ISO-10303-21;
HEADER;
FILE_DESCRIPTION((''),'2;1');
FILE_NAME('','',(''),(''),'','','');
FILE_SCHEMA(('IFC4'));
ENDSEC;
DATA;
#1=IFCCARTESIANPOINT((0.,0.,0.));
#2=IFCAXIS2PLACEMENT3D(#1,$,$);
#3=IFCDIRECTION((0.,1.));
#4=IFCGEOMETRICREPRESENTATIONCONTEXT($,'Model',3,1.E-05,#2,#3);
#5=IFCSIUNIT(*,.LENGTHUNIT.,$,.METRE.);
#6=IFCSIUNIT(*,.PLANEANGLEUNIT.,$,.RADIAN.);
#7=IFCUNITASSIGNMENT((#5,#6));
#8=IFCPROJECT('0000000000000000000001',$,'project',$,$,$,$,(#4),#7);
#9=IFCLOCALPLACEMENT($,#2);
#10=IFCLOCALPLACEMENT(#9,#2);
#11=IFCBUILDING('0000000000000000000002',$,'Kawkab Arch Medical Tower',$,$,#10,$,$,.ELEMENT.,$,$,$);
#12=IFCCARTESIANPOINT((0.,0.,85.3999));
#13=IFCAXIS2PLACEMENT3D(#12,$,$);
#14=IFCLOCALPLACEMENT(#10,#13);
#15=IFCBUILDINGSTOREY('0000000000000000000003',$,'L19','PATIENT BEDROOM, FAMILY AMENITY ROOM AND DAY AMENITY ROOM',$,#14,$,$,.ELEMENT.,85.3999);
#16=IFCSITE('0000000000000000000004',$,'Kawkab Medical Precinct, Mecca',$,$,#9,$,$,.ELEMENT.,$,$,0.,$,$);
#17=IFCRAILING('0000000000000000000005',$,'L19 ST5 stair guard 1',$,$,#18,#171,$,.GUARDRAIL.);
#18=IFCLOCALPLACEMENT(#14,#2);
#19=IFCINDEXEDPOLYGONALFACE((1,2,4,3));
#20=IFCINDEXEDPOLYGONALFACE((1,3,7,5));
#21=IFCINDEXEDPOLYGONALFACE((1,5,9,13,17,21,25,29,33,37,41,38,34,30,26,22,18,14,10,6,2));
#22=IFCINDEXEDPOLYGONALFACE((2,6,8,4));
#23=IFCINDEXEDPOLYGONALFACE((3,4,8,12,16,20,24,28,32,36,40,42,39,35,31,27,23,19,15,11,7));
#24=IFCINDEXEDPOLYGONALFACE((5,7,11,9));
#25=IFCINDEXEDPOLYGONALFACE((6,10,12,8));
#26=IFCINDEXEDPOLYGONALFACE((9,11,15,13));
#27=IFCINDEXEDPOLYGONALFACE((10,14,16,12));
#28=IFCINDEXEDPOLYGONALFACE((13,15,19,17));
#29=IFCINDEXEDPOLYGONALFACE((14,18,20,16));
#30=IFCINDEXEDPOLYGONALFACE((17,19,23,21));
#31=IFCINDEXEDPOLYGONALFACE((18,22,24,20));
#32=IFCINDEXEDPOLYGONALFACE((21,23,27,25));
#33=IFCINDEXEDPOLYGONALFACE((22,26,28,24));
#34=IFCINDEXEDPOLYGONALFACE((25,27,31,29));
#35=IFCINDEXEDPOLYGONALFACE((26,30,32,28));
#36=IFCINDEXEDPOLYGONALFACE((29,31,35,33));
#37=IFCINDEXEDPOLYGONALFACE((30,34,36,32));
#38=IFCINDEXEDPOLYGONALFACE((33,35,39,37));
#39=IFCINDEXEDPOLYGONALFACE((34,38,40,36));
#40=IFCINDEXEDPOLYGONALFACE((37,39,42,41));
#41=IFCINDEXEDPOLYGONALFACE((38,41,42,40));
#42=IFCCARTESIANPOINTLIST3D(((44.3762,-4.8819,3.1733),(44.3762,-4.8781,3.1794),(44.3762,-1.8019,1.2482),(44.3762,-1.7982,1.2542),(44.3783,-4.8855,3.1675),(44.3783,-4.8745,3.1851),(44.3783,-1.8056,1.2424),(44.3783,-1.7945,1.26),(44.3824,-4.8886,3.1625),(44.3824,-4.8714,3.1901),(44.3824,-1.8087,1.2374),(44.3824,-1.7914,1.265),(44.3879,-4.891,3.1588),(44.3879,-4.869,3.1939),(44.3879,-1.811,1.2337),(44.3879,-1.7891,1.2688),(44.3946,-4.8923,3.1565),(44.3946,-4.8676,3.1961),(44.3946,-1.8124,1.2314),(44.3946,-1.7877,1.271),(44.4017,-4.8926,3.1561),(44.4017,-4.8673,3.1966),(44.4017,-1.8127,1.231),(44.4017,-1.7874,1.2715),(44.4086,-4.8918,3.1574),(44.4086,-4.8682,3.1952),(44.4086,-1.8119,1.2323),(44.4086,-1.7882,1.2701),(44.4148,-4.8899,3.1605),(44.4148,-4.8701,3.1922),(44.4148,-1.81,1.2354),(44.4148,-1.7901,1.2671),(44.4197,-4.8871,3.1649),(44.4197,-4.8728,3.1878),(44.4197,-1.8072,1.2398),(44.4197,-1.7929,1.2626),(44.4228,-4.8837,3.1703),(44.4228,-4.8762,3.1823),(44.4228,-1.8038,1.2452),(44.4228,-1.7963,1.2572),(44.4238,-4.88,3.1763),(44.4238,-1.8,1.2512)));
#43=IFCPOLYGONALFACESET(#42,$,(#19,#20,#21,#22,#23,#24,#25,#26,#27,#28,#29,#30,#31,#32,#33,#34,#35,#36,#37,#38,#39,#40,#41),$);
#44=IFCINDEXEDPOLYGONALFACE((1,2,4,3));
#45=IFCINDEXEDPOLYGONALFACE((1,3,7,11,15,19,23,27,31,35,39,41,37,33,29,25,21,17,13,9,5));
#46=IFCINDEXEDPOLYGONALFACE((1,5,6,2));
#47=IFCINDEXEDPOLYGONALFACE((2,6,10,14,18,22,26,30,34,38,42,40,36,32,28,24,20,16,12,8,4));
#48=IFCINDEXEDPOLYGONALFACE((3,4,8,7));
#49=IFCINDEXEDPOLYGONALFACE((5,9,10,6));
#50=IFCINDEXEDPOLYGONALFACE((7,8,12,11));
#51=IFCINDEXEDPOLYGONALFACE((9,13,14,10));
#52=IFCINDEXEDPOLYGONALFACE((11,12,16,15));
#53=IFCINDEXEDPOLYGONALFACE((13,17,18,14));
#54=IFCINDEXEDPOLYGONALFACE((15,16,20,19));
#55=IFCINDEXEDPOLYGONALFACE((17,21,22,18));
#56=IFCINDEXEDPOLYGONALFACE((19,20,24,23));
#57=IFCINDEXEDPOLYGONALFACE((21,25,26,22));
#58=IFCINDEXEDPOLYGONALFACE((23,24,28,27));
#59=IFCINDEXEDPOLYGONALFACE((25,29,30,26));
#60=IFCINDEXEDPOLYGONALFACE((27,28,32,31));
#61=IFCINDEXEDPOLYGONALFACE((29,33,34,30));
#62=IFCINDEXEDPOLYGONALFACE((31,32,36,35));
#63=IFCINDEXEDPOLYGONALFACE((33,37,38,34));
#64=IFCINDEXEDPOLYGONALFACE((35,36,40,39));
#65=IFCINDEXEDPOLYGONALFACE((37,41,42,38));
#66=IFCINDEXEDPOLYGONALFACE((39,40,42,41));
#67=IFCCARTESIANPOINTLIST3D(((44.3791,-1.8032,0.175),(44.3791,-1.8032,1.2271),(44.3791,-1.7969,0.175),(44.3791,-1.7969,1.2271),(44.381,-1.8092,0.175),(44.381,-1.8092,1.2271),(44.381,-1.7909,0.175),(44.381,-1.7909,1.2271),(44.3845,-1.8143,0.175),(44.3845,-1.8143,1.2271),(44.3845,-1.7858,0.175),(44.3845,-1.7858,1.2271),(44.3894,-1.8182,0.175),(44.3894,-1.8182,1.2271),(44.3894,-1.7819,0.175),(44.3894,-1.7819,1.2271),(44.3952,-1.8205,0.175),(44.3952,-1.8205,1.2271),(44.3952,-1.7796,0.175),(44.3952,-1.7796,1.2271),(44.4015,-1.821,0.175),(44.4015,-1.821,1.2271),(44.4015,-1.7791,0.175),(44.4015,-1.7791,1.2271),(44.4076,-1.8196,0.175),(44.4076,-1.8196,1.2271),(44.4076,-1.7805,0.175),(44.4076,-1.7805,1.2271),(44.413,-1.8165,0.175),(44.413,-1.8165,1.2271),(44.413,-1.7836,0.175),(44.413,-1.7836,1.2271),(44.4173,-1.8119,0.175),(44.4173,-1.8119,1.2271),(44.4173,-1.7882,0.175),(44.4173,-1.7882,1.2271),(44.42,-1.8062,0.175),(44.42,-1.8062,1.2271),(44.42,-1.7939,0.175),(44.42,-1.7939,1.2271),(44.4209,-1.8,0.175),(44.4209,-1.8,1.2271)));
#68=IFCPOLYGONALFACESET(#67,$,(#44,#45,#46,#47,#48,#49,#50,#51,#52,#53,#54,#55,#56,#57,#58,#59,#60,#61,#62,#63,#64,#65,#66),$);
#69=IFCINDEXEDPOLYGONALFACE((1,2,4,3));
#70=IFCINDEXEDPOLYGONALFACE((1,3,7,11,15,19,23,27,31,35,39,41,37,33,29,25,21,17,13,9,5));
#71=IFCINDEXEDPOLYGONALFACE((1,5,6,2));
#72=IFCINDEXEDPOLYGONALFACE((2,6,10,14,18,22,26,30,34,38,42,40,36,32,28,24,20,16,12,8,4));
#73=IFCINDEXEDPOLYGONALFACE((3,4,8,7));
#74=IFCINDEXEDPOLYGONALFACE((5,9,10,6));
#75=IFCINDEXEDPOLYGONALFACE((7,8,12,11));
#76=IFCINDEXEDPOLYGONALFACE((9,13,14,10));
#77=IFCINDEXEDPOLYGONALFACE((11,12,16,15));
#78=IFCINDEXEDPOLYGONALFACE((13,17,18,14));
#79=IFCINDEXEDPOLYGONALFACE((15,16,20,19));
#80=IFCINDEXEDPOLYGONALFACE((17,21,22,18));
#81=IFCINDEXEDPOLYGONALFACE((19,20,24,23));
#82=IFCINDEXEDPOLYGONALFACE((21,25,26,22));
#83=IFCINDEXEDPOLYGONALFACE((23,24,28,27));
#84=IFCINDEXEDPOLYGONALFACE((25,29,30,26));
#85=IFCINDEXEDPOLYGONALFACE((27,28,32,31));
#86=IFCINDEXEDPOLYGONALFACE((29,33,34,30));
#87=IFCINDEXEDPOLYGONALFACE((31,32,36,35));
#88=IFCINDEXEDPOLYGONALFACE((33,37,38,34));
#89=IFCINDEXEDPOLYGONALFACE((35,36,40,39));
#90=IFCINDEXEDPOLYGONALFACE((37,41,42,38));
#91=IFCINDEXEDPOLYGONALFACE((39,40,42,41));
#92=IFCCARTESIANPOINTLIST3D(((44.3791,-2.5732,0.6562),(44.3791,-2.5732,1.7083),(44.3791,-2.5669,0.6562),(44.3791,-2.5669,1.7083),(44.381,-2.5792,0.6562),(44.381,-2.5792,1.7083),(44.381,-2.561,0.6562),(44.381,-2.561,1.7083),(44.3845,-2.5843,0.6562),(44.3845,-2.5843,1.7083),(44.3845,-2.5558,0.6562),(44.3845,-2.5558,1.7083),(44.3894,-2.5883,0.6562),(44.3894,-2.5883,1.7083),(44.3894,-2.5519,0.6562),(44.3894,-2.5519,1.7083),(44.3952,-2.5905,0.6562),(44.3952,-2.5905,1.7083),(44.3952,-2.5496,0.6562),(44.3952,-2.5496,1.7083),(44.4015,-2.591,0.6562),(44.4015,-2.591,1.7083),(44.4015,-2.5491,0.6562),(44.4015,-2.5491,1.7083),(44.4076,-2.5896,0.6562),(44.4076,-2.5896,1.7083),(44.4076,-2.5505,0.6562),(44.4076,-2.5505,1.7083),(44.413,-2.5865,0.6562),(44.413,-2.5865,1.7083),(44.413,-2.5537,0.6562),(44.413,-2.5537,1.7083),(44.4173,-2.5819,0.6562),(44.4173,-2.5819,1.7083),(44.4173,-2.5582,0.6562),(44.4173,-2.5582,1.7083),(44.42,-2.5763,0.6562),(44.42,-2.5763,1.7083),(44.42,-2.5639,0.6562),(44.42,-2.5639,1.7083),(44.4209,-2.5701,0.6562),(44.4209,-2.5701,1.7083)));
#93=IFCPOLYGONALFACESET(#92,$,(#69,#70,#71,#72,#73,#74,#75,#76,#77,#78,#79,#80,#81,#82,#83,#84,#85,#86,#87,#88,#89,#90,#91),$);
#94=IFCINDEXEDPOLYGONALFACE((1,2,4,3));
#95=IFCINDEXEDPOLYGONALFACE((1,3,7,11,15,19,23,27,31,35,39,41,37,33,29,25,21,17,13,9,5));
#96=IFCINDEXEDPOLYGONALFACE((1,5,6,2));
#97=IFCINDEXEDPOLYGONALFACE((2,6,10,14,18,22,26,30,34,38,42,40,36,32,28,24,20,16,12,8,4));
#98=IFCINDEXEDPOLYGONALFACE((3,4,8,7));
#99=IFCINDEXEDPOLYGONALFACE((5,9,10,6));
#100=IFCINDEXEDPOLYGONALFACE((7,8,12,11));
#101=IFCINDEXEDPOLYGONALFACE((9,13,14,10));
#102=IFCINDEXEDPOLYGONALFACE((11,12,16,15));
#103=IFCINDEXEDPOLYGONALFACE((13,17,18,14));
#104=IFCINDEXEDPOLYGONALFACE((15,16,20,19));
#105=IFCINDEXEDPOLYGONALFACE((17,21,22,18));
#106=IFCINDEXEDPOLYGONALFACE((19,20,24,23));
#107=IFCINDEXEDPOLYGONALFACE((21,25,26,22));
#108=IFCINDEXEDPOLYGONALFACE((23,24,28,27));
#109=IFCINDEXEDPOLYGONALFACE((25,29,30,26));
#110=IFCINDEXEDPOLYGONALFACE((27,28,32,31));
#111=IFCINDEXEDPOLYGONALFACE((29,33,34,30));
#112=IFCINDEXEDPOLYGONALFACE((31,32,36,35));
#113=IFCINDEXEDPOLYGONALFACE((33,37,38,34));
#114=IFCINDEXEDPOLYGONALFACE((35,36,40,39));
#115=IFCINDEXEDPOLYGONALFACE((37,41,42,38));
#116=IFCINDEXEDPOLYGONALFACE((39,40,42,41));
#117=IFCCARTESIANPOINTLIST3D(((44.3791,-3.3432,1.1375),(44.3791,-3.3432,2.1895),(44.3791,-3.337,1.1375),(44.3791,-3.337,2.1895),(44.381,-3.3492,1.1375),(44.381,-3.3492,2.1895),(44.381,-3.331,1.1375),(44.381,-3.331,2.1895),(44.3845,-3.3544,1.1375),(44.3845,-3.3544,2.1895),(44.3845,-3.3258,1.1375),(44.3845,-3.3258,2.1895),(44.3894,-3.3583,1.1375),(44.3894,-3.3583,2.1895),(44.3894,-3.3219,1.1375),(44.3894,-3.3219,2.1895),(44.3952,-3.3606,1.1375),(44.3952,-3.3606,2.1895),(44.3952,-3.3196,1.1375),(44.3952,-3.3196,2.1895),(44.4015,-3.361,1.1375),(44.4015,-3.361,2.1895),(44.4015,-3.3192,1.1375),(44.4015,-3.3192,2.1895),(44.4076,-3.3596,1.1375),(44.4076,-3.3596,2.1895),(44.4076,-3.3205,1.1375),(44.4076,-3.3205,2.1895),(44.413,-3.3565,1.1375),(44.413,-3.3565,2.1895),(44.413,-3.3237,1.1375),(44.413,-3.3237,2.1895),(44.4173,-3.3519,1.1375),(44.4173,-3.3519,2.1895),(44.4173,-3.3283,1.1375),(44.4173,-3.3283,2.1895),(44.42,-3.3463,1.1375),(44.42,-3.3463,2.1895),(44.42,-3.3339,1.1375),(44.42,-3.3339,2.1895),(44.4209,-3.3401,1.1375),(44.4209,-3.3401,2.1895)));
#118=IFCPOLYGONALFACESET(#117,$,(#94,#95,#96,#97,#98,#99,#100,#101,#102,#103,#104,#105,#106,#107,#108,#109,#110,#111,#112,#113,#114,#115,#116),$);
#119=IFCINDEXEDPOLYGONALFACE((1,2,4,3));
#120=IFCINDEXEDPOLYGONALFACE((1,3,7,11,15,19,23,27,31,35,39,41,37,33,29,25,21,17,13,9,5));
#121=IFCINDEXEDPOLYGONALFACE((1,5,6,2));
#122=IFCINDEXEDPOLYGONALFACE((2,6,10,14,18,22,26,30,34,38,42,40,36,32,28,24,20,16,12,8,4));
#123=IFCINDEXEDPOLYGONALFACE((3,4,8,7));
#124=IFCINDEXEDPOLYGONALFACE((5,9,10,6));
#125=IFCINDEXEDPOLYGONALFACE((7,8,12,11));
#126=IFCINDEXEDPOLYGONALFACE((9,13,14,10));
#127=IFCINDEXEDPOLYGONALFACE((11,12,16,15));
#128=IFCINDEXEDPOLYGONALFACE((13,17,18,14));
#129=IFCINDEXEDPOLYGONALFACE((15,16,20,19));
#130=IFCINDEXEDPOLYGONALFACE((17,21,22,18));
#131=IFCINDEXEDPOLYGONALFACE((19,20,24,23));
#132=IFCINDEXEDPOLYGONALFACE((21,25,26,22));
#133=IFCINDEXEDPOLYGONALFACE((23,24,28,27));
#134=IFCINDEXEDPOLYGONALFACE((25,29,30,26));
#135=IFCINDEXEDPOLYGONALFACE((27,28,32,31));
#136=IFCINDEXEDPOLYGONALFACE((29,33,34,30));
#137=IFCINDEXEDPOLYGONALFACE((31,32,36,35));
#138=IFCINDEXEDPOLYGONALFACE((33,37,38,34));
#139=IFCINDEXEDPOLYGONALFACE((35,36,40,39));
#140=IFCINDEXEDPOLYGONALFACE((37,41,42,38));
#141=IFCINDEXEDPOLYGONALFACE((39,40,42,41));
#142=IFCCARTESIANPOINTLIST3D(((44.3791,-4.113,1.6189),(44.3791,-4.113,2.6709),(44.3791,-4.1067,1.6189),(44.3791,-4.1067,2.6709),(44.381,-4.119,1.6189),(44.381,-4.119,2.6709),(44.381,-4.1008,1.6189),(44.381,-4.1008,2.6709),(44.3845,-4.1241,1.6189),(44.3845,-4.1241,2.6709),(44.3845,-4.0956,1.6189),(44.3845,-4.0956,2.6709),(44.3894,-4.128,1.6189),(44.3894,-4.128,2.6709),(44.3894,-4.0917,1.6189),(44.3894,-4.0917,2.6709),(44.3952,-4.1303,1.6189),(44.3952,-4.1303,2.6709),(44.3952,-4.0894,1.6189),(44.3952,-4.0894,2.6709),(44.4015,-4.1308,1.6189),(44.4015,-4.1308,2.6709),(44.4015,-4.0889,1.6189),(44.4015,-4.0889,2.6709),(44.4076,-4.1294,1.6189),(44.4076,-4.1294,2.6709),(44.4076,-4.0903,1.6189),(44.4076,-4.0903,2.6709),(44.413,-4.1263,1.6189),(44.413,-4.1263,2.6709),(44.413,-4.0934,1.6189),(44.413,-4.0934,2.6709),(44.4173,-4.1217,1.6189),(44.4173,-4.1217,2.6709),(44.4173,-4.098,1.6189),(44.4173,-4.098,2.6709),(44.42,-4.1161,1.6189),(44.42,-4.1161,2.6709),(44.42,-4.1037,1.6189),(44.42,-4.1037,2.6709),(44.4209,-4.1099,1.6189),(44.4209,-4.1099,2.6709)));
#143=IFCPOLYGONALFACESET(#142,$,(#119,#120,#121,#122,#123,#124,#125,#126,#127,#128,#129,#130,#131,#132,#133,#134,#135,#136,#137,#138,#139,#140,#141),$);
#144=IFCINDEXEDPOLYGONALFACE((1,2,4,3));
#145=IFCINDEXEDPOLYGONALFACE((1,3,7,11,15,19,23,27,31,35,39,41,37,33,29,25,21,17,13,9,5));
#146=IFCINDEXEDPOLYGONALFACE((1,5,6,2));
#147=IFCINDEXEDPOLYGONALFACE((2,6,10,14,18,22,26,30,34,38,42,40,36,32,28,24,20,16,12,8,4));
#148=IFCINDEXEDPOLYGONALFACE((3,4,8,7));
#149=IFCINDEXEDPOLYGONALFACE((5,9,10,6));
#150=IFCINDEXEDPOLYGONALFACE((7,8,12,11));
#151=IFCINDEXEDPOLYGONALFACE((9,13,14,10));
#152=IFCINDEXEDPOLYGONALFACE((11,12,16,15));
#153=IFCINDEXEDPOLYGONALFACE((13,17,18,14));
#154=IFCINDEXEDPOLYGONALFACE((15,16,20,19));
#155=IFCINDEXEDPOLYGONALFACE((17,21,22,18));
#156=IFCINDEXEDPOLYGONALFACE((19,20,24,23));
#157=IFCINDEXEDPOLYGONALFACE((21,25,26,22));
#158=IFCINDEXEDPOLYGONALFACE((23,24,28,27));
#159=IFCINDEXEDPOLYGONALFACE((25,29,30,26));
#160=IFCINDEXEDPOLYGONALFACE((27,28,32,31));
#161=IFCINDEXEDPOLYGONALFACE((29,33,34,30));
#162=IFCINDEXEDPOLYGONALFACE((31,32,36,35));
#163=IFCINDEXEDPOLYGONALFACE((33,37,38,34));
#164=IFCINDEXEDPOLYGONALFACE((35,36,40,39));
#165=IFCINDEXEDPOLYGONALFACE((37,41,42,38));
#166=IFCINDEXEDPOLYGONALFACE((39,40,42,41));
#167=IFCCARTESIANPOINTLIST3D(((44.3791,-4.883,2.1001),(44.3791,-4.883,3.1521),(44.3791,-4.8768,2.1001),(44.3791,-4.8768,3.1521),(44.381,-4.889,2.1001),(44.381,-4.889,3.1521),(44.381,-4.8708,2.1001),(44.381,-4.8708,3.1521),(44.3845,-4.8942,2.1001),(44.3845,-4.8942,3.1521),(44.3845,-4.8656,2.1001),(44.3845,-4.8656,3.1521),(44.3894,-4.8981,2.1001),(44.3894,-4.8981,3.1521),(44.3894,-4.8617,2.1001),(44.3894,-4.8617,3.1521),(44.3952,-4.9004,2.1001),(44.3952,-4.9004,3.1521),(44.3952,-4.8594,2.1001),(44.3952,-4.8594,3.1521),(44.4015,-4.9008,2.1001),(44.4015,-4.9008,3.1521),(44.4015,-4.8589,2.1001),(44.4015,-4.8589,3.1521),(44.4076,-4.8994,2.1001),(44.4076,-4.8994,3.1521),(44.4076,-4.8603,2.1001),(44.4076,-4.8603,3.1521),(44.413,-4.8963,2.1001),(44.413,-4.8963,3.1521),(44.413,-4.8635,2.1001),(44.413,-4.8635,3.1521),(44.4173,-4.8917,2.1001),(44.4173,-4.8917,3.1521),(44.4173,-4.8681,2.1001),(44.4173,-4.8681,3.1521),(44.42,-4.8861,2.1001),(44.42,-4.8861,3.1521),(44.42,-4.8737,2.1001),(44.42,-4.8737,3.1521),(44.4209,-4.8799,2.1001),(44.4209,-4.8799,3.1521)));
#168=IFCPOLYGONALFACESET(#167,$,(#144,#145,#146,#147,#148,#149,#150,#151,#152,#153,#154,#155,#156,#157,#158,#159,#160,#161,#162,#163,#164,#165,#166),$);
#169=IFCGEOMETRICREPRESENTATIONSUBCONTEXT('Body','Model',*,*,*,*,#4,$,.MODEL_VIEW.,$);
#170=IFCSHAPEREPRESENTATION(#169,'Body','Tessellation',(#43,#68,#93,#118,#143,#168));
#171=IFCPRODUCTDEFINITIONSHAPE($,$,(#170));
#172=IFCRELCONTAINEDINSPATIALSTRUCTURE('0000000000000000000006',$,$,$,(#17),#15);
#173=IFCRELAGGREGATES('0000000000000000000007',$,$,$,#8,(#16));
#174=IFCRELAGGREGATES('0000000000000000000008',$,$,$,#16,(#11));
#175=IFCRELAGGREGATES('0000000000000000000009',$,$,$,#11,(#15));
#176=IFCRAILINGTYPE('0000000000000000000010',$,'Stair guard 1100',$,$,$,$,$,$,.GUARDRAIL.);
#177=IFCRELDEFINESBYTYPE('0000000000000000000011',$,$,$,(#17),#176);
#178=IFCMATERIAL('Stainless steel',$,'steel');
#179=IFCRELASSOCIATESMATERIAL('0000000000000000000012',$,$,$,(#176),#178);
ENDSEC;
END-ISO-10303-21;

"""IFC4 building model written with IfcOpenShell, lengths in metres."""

from ifc_helpers import new_model, si_unit, direction, frame, origin, origin_2d, place, context, subcontext, project, spatial, circle, extrude, material, type_object, element, save


model = new_model("IFC4")

# Units and contexts
model_context = context("Model", 3, precision=1e-05, world=origin(), true_north=direction((0.0, 1.0)))
body_context = subcontext(model_context, "Body", "Model", "MODEL_VIEW")
ifc_project = project(units=[si_unit("LENGTHUNIT", "METRE"), si_unit("PLANEANGLEUNIT", "RADIAN")], contexts=[model_context])

# Site, building, storey
site_placement = place(None, origin())
site = spatial("IfcSite", under=ifc_project, at=site_placement, Name="Kawkab Medical Precinct, Mecca", CompositionType="ELEMENT", RefElevation=0.0)
building_placement = place(site_placement, origin())
building = spatial("IfcBuilding", under=site, at=building_placement, Name="Kawkab Arch Medical Tower", CompositionType="ELEMENT")
storey_placement = place(building_placement, frame((0.0, 0.0, 85.3999)))
storey = spatial("IfcBuildingStorey", under=building, at=storey_placement, Name="L19", Description="PATIENT BEDROOM, FAMILY AMENITY ROOM AND DAY AMENITY ROOM", CompositionType="ELEMENT", Elevation=85.3999)

# Railing
ifc_material_1 = material(Name="Stainless steel", Category="steel")
railing_type_1 = type_object("IfcRailingType", Name="Stair guard 1100", PredefinedType="GUARDRAIL", material=ifc_material_1)
railing_1_placement = place(storey_placement, frame((44.3999, -1.8, 0.175)))
element("IfcRailing", 1, at=railing_1_placement, inside=storey, type_object=railing_type_1, Name="L19 ST5 stair guard 1", PredefinedType="GUARDRAIL", context=body_context, shape_type="SweptSolid", body=[
    extrude(circle(Radius=0.0239, at=origin_2d()), frame((0.0, 0.0, 1.0762), z_axis=(0.0, -0.847979, 0.530029), x_axis=(1.0, 0.0, 0.0)), (0.0, 0.0, 1.0), 3.6321),
    extrude(circle(Radius=0.021, at=origin_2d()), origin(), (0.0, 0.0, 1.0), 1.052),
    extrude(circle(Radius=0.021, at=origin_2d()), frame((0.0, -0.77, 0.4812)), (0.0, 0.0, 1.0), 1.052),
    extrude(circle(Radius=0.021, at=origin_2d()), frame((0.0, -1.54, 0.9624)), (0.0, 0.0, 1.0), 1.052),
    extrude(circle(Radius=0.021, at=origin_2d()), frame((0.0, -2.3098, 1.4438)), (0.0, 0.0, 1.0), 1.052),
    extrude(circle(Radius=0.021, at=origin_2d()), frame((0.0, -3.0798, 1.925)), (0.0, 0.0, 1.0), 1.052),
])

save(model, "model.ifc")
